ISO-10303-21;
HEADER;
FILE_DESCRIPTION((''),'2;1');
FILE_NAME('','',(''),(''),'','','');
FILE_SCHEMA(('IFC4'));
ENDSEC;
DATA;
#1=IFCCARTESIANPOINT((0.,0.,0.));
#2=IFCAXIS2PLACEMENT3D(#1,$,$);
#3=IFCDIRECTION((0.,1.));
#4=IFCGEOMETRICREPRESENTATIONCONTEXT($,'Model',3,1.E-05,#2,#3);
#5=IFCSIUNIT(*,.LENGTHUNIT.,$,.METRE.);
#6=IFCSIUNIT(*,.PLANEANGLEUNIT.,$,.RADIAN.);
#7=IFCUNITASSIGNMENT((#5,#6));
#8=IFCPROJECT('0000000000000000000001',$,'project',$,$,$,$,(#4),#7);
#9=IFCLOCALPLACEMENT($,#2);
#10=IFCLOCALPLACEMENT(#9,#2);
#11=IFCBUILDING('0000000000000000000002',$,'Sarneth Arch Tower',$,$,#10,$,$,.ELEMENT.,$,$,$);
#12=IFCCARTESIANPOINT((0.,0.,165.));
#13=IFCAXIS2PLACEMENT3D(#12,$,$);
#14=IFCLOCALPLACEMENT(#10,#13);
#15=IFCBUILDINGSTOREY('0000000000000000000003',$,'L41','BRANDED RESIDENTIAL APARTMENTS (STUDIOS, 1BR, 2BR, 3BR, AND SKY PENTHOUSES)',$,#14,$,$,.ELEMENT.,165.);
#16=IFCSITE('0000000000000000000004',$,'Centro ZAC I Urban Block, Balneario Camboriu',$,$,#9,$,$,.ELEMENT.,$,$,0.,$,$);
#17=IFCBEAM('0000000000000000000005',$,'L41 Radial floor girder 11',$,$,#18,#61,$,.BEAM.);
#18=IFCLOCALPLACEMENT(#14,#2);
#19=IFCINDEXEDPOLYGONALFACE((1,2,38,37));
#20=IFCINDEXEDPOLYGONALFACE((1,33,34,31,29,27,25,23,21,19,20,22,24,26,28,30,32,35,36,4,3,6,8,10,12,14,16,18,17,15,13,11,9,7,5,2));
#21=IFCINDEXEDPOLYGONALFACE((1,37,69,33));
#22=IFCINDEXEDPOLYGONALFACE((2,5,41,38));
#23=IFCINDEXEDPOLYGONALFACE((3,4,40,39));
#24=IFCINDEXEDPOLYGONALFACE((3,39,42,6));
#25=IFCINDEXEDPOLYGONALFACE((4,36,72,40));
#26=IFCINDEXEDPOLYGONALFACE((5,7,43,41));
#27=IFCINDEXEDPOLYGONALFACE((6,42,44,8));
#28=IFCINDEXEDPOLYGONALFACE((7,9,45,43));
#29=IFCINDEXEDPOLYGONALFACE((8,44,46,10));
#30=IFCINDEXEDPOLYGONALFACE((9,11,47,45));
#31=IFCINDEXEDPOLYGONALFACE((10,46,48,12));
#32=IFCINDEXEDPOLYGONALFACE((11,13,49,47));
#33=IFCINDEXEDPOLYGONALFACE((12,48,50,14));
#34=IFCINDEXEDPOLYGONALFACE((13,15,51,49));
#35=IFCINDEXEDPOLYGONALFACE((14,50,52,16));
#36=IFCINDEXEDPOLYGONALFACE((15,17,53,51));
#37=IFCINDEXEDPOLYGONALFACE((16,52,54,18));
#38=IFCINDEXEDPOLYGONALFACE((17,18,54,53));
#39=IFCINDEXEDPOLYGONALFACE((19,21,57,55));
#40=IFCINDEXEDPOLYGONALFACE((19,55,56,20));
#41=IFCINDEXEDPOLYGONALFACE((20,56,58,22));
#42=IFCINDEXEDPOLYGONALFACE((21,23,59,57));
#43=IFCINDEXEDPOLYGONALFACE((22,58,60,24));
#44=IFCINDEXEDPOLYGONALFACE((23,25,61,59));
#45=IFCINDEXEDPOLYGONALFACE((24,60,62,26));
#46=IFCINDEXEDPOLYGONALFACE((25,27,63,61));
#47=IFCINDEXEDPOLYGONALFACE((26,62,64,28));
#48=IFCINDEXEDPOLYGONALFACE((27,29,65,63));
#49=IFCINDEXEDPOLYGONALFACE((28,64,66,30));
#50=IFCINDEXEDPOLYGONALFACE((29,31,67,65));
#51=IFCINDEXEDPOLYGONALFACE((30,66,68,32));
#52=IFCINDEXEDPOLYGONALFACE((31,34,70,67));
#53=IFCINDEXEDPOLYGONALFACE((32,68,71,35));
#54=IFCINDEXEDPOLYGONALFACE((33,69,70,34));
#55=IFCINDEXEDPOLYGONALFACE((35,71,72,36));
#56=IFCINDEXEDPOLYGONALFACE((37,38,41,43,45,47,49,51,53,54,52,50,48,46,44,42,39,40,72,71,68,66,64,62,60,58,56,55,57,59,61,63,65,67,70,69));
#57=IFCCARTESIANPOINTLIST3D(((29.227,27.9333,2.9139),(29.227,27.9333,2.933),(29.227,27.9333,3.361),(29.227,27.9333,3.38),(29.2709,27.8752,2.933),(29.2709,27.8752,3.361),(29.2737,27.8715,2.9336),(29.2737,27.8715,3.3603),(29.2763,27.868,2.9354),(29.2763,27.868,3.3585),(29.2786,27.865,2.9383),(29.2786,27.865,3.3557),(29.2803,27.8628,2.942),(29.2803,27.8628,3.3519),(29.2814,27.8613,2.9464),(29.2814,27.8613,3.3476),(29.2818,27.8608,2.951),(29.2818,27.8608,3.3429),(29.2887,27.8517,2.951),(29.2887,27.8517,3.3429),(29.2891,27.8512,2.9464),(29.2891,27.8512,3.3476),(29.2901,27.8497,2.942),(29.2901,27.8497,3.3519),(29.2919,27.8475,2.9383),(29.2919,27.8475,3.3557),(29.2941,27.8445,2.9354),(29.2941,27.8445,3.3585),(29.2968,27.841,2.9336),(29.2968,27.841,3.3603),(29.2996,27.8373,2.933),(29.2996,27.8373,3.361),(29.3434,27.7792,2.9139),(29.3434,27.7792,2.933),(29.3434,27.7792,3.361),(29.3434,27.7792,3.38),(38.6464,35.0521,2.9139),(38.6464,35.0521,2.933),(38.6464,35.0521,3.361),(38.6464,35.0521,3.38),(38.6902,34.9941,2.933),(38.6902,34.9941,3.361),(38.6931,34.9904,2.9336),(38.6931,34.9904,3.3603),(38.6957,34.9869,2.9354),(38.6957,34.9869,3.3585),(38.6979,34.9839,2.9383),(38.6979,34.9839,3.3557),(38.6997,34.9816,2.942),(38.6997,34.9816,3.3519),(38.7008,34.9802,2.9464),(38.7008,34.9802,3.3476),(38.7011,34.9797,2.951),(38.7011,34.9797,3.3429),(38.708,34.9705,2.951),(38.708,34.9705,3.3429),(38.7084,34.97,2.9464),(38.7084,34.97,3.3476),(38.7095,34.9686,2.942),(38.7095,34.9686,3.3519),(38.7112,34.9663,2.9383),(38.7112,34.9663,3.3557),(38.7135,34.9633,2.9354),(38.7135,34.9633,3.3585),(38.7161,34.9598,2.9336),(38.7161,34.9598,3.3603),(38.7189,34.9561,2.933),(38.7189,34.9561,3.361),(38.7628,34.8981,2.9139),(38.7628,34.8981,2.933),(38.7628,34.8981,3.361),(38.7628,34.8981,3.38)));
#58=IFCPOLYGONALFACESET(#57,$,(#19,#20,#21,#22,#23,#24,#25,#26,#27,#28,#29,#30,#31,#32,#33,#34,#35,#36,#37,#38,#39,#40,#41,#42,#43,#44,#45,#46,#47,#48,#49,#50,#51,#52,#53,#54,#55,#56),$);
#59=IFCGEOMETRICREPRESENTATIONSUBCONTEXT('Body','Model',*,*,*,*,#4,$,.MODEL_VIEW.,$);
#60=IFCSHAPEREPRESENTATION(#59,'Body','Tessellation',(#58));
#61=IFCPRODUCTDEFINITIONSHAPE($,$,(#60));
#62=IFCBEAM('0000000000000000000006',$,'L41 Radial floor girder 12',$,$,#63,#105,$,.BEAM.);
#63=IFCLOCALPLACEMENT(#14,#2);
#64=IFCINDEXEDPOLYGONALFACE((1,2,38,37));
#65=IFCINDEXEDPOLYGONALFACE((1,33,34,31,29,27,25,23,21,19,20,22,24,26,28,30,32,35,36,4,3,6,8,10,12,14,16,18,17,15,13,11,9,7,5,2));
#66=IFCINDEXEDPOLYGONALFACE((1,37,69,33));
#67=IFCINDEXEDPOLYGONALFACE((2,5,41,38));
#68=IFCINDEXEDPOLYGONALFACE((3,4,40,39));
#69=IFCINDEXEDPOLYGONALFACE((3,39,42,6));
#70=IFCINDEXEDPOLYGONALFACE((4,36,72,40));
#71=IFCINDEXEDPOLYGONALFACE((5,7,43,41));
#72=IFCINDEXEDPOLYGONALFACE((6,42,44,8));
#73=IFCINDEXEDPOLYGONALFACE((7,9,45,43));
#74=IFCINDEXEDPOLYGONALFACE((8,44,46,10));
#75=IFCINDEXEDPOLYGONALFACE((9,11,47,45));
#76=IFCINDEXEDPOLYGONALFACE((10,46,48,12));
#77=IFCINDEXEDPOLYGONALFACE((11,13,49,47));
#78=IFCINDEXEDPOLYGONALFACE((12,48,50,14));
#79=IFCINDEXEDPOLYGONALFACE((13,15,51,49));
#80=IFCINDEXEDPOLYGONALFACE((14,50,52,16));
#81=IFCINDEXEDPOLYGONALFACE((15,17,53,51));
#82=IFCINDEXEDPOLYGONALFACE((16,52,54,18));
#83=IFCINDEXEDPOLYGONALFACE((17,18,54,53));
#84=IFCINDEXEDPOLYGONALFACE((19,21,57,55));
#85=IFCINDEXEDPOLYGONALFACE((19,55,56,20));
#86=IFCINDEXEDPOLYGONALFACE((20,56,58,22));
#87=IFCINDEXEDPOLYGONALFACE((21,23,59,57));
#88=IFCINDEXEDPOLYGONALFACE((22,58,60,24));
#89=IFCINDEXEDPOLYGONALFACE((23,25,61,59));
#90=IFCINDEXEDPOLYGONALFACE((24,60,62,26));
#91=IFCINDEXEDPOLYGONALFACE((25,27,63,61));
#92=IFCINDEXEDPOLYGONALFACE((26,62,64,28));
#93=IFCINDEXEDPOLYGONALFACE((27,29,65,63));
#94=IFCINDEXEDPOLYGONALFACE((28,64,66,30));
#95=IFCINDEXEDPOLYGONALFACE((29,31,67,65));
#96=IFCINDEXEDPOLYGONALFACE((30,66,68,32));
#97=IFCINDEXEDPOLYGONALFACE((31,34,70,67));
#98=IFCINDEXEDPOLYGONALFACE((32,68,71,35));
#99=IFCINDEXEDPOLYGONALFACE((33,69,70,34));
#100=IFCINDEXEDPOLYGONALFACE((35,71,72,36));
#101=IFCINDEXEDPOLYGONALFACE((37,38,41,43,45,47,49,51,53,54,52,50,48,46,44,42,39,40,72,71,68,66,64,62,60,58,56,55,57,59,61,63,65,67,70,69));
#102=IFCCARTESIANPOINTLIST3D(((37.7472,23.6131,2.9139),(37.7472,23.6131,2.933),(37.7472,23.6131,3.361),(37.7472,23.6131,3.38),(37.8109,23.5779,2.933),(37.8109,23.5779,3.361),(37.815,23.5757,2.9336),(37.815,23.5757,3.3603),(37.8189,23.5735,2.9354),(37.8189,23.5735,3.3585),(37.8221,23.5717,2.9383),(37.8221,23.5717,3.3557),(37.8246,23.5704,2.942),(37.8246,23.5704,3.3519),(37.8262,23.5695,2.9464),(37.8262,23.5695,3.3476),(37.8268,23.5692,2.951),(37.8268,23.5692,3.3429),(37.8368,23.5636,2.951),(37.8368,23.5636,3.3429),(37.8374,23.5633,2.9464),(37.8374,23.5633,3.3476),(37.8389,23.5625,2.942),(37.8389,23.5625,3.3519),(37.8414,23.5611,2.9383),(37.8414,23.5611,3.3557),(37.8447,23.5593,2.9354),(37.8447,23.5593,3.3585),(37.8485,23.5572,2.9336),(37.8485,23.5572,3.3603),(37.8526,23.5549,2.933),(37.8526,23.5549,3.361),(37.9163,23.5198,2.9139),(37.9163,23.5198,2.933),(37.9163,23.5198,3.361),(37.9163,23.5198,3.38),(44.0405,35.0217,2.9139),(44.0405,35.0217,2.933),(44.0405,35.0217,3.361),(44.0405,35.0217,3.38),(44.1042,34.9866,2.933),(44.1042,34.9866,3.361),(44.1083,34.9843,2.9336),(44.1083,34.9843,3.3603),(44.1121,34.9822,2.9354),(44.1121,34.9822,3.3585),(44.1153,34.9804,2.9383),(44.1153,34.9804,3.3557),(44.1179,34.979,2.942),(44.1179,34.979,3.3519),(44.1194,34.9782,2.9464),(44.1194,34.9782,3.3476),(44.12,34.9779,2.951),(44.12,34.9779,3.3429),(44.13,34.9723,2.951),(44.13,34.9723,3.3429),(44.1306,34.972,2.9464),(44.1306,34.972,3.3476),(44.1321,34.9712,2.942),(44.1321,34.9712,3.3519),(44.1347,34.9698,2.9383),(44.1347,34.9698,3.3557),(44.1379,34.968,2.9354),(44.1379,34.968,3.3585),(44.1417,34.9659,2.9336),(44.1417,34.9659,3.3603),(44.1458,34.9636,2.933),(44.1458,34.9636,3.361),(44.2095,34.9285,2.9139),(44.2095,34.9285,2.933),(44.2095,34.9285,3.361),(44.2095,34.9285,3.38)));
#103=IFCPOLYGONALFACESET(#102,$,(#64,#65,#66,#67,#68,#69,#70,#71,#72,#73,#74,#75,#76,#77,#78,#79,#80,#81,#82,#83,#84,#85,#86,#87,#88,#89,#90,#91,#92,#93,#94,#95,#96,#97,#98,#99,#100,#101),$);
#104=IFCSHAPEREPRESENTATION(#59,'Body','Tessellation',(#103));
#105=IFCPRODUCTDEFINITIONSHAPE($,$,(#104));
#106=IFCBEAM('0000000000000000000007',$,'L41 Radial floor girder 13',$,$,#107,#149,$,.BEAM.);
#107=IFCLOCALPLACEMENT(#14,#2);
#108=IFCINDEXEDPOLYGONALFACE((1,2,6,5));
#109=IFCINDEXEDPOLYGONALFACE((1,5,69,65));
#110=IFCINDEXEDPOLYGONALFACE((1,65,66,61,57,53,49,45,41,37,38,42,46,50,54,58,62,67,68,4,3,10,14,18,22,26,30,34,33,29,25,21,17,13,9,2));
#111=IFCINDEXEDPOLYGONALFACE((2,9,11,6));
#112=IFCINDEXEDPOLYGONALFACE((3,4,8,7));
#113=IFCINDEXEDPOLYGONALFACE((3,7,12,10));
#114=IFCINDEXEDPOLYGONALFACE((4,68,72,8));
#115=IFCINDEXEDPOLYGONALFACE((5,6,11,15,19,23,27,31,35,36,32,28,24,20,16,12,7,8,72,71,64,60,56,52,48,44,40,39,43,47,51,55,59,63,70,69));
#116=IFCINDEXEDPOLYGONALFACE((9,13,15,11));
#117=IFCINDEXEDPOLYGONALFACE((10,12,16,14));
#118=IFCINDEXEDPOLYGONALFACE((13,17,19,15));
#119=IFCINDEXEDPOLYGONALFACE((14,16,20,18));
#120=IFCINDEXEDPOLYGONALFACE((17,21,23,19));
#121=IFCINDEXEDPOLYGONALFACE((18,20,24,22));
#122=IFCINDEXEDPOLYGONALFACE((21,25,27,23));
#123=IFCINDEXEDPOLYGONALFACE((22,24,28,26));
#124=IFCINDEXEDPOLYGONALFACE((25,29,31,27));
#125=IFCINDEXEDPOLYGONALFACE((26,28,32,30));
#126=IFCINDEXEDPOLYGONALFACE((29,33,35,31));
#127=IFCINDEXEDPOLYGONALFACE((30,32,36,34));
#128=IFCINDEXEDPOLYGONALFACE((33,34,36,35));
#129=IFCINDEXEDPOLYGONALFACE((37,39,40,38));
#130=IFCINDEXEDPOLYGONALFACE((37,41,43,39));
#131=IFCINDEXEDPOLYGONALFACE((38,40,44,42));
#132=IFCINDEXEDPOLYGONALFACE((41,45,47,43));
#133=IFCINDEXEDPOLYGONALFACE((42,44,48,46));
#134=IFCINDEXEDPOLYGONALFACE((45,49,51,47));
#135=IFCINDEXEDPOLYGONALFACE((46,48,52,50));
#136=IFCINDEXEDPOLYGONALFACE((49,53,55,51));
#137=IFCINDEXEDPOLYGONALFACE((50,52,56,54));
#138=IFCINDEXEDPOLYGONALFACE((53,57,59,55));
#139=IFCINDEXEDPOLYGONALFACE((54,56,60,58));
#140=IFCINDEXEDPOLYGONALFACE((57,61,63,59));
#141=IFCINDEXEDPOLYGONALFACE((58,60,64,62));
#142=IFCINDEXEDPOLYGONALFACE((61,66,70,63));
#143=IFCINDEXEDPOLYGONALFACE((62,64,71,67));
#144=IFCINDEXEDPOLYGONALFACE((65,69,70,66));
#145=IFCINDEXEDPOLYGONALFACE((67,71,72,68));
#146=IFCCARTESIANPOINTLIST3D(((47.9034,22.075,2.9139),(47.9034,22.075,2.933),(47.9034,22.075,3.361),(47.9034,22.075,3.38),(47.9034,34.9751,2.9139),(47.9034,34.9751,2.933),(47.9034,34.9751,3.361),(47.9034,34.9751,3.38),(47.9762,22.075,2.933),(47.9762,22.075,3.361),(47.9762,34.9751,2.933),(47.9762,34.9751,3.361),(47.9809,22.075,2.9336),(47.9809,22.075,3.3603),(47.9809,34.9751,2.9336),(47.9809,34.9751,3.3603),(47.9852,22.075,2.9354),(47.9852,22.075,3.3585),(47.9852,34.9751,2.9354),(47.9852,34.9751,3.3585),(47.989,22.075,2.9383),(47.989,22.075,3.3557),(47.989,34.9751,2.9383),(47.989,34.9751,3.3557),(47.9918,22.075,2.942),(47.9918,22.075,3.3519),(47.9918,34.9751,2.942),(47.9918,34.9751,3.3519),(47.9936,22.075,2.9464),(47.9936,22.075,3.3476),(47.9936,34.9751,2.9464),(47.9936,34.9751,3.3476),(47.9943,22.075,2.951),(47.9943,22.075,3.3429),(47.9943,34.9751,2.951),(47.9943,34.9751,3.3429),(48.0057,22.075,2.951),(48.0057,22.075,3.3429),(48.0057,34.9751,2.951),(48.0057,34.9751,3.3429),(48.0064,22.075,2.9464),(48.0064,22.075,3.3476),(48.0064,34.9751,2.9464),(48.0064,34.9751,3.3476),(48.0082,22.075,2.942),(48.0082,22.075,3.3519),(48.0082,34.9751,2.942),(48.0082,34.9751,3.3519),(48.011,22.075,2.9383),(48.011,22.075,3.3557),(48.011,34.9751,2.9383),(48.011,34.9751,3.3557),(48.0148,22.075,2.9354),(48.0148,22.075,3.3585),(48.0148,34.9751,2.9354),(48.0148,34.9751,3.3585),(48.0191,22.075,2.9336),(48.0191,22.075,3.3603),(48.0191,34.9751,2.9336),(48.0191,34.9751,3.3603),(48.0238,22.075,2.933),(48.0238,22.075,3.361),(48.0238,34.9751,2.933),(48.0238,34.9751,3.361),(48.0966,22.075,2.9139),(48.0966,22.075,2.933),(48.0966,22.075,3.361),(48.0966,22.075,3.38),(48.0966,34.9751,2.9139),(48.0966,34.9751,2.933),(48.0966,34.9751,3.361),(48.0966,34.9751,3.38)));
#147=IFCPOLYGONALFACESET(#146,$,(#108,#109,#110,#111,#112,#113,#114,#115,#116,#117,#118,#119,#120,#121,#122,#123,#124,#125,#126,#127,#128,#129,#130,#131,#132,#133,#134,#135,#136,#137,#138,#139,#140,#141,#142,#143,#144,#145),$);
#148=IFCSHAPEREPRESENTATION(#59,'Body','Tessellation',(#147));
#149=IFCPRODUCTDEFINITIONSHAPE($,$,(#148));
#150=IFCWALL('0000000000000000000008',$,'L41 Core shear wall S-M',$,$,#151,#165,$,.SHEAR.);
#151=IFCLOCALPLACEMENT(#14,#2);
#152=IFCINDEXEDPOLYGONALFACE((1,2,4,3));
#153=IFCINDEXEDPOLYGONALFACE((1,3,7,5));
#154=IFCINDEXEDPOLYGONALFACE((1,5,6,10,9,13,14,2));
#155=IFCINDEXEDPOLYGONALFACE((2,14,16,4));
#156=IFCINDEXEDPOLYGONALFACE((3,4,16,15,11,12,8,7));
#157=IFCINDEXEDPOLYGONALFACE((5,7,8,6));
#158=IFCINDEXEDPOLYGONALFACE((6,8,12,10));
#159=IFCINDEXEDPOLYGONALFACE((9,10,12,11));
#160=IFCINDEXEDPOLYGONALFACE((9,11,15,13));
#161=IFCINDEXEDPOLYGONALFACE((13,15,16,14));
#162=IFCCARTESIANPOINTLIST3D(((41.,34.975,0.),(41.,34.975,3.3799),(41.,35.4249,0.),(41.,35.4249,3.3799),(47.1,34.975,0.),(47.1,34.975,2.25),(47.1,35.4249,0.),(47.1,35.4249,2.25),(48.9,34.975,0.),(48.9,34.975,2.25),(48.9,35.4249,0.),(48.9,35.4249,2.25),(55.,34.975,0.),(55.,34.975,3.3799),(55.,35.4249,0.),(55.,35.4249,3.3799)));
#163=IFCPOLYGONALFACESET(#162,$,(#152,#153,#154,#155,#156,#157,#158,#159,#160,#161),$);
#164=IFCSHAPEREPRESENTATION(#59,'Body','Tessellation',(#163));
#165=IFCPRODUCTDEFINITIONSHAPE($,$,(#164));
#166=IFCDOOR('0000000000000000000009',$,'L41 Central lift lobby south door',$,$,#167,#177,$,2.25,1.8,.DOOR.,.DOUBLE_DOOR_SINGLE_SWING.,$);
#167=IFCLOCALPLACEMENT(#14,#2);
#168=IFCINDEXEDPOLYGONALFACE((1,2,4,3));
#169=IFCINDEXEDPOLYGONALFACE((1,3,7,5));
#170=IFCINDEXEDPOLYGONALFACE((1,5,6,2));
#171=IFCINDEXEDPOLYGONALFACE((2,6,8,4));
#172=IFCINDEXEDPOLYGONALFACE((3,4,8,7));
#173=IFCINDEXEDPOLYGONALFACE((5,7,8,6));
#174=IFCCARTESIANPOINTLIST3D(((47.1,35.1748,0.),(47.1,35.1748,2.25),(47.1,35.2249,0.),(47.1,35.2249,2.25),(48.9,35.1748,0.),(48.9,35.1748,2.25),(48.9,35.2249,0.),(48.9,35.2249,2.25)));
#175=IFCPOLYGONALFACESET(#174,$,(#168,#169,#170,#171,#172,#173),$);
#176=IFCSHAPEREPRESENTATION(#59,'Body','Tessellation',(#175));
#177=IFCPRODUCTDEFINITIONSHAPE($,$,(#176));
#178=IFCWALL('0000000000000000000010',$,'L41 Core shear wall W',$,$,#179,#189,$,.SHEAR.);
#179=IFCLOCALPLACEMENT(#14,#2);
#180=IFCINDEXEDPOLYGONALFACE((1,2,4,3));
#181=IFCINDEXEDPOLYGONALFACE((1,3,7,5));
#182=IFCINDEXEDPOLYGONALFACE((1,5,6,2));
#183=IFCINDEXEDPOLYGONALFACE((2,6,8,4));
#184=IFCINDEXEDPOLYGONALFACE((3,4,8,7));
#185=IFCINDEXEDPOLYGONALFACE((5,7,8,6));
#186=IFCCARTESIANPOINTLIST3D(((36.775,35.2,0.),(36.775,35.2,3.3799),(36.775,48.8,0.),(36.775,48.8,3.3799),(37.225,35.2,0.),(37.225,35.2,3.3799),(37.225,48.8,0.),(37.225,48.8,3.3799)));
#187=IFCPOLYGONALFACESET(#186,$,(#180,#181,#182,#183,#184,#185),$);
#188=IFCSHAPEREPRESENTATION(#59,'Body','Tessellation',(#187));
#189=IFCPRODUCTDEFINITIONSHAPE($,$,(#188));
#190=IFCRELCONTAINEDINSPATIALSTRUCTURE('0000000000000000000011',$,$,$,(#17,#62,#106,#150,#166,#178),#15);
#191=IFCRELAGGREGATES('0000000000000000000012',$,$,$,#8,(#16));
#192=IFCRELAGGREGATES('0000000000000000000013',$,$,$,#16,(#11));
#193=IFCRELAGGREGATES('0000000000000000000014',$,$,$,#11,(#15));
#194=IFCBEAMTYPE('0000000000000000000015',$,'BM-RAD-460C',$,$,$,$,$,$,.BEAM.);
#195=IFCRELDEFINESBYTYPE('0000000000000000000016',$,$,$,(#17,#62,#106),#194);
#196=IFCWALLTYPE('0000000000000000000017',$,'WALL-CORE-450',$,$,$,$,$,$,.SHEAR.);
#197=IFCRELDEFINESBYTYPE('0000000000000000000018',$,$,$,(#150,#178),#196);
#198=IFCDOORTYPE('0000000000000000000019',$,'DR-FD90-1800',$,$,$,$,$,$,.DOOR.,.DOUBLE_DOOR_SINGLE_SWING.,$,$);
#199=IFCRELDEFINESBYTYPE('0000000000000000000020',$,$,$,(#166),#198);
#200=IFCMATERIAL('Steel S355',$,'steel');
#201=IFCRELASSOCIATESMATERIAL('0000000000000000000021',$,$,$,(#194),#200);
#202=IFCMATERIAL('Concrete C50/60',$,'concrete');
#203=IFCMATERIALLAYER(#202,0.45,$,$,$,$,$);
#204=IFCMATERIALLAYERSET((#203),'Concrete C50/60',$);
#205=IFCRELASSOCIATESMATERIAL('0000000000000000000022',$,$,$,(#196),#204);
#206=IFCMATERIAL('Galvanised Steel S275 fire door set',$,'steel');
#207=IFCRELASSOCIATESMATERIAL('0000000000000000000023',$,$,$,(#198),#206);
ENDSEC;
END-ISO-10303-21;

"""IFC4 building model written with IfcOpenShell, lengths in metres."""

from ifc_helpers import new_model, si_unit, direction, frame, frame_2d, origin, origin_2d, place, context, subcontext, project, spatial, rectangle, i_section, extrude, material, layer, layer_set, material_profile, profile_set, type_object, element, fill, save


model = new_model("IFC4")

# Units and contexts
model_context = context("Model", 3, precision=1e-05, world=origin(), true_north=direction((0.0, 1.0)))
body_context = subcontext(model_context, "Body", "Model", "MODEL_VIEW")
ifc_project = project(units=[si_unit("LENGTHUNIT", "METRE"), si_unit("PLANEANGLEUNIT", "RADIAN")], contexts=[model_context])

# Site, building, storey
site_placement = place(None, origin())
site = spatial("IfcSite", under=ifc_project, at=site_placement, Name="Centro ZAC I Urban Block, Balneario Camboriu", CompositionType="ELEMENT", RefElevation=0.0)
building_placement = place(site_placement, origin())
building = spatial("IfcBuilding", under=site, at=building_placement, Name="Sarneth Arch Tower", CompositionType="ELEMENT")
storey_placement = place(building_placement, frame((0.0, 0.0, 165.0)))
storey = spatial("IfcBuildingStorey", under=building, at=storey_placement, Name="L41", Description="BRANDED RESIDENTIAL APARTMENTS (STUDIOS, 1BR, 2BR, 3BR, AND SKY PENTHOUSES)", CompositionType="ELEMENT", Elevation=165.0)

# Beams
ifc_material_1 = material(Name="Steel S355", Category="steel")
ifc_material_profile_1 = material_profile(ifc_material_1, i_section(OverallWidth=0.1931, OverallDepth=0.4661, WebThickness=0.0115, FlangeThickness=0.019, FilletRadius=0.0181, at=origin_2d()), Name="W460x97")
ifc_profile_set_1 = profile_set([ifc_material_profile_1], Name="Steel S355")
beam_type_1 = type_object("IfcBeamType", Name="BM-RAD-460C", PredefinedType="BEAM", material=ifc_profile_set_1)
beam_1_placement = place(storey_placement, frame((38.7046, 34.9751, 3.147), z_axis=(-0.797786, -0.60294, 0.0), x_axis=(0.60294, -0.797786, 0.0)))
element("IfcBeam", 1, at=beam_1_placement, inside=storey, type_object=beam_type_1, Name="L41 Radial floor girder 11", PredefinedType="BEAM", context=body_context, shape_type="SweptSolid", body=[
    extrude(i_section(OverallWidth=0.1931, OverallDepth=0.4661, WebThickness=0.0115, FlangeThickness=0.019, FilletRadius=0.0181, at=origin_2d()), origin(), (0.0, 0.0, 1.0), 11.8069),
])
beam_2_placement = place(storey_placement, frame((44.125, 34.9751, 3.147), z_axis=(-0.483005, -0.875618, 0.0), x_axis=(0.875618, -0.483005, 0.0)))
element("IfcBeam", 2, at=beam_2_placement, inside=storey, type_object=beam_type_1, Name="L41 Radial floor girder 12", PredefinedType="BEAM", context=body_context, shape_type="SweptSolid", body=[
    extrude(i_section(OverallWidth=0.1931, OverallDepth=0.4661, WebThickness=0.0115, FlangeThickness=0.019, FilletRadius=0.0181, at=origin_2d()), origin(), (0.0, 0.0, 1.0), 13.0293),
])
beam_3_placement = place(storey_placement, frame((48.0, 34.9751, 3.147), z_axis=(0.0, -1.0, 0.0), x_axis=(1.0, 0.0, 0.0)))
element("IfcBeam", 3, at=beam_3_placement, inside=storey, type_object=beam_type_1, Name="L41 Radial floor girder 13", PredefinedType="BEAM", context=body_context, shape_type="SweptSolid", body=[
    extrude(i_section(OverallWidth=0.1931, OverallDepth=0.4661, WebThickness=0.0115, FlangeThickness=0.019, FilletRadius=0.0181, at=origin_2d()), origin(), (0.0, 0.0, 1.0), 12.9001),
])

# Wall, opening, door
ifc_material_2 = material(Name="Concrete C50/60", Category="concrete")
ifc_layer_1 = layer(ifc_material_2, 0.45)
ifc_layer_set_1 = layer_set([ifc_layer_1], Name="Concrete C50/60")
wall_type_1 = type_object("IfcWallType", Name="WALL-CORE-450", PredefinedType="SHEAR", material=ifc_layer_set_1)
wall_1_placement = place(storey_placement, frame((41.0, 35.2, 0.0), z_axis=(0.0, 0.0, 1.0), x_axis=(1.0, 0.0, 0.0)))
wall_1 = element("IfcWall", 4, at=wall_1_placement, inside=storey, type_object=wall_type_1, Name="L41 Core shear wall S-M", PredefinedType="SHEAR", context=body_context, shape_type="SweptSolid", body=[
    extrude(rectangle(XDim=14.0, YDim=0.45, at=frame_2d((7.0, 0.0))), origin(), (0.0, 0.0, 1.0), 3.3799),
])
opening_1_placement = place(wall_1_placement, frame((6.1001, 0.0, 0.0)))
opening_1 = element("IfcOpeningElement", 5, at=opening_1_placement, cuts=wall_1, PredefinedType="OPENING", context=body_context, shape_type="SweptSolid", body=[
    extrude(rectangle(XDim=1.8, YDim=2.25, at=frame_2d((0.8999, 1.125))), frame((0.0, 0.2349, 0.0), z_axis=(0.0, -1.0, 0.0), x_axis=(1.0, 0.0, 0.0)), (0.0, 0.0, 1.0), 0.47),
])
ifc_material_3 = material(Name="Galvanised Steel S275 fire door set", Category="steel")
door_type_1 = type_object("IfcDoorType", Name="DR-FD90-1800", OperationType="DOUBLE_DOOR_SINGLE_SWING", PredefinedType="DOOR", material=ifc_material_3)
door_1_placement = place(opening_1_placement, origin())
door_1 = element("IfcDoor", 6, at=door_1_placement, inside=storey, type_object=door_type_1, Name="L41 Central lift lobby south door", OperationType="DOUBLE_DOOR_SINGLE_SWING", OverallHeight=2.25, OverallWidth=1.8, PredefinedType="DOOR", context=body_context, shape_type="SweptSolid", body=[
    extrude(rectangle(XDim=1.8, YDim=2.25, at=frame_2d((0.8999, 1.125))), frame((0.0, 0.0249, 0.0), z_axis=(0.0, -1.0, 0.0), x_axis=(1.0, 0.0, 0.0)), (0.0, 0.0, 1.0), 0.05),
])
fill(opening_1, door_1)

# Wall
wall_2_placement = place(storey_placement, frame((37.0, 35.2, 0.0), z_axis=(0.0, 0.0, 1.0), x_axis=(0.0, 1.0, 0.0)))
element("IfcWall", 7, at=wall_2_placement, inside=storey, type_object=wall_type_1, Name="L41 Core shear wall W", PredefinedType="SHEAR", context=body_context, shape_type="SweptSolid", body=[
    extrude(rectangle(XDim=13.6001, YDim=0.45, at=frame_2d((6.8, 0.0))), origin(), (0.0, 0.0, 1.0), 3.3799),
])

save(model, "model.ifc")
